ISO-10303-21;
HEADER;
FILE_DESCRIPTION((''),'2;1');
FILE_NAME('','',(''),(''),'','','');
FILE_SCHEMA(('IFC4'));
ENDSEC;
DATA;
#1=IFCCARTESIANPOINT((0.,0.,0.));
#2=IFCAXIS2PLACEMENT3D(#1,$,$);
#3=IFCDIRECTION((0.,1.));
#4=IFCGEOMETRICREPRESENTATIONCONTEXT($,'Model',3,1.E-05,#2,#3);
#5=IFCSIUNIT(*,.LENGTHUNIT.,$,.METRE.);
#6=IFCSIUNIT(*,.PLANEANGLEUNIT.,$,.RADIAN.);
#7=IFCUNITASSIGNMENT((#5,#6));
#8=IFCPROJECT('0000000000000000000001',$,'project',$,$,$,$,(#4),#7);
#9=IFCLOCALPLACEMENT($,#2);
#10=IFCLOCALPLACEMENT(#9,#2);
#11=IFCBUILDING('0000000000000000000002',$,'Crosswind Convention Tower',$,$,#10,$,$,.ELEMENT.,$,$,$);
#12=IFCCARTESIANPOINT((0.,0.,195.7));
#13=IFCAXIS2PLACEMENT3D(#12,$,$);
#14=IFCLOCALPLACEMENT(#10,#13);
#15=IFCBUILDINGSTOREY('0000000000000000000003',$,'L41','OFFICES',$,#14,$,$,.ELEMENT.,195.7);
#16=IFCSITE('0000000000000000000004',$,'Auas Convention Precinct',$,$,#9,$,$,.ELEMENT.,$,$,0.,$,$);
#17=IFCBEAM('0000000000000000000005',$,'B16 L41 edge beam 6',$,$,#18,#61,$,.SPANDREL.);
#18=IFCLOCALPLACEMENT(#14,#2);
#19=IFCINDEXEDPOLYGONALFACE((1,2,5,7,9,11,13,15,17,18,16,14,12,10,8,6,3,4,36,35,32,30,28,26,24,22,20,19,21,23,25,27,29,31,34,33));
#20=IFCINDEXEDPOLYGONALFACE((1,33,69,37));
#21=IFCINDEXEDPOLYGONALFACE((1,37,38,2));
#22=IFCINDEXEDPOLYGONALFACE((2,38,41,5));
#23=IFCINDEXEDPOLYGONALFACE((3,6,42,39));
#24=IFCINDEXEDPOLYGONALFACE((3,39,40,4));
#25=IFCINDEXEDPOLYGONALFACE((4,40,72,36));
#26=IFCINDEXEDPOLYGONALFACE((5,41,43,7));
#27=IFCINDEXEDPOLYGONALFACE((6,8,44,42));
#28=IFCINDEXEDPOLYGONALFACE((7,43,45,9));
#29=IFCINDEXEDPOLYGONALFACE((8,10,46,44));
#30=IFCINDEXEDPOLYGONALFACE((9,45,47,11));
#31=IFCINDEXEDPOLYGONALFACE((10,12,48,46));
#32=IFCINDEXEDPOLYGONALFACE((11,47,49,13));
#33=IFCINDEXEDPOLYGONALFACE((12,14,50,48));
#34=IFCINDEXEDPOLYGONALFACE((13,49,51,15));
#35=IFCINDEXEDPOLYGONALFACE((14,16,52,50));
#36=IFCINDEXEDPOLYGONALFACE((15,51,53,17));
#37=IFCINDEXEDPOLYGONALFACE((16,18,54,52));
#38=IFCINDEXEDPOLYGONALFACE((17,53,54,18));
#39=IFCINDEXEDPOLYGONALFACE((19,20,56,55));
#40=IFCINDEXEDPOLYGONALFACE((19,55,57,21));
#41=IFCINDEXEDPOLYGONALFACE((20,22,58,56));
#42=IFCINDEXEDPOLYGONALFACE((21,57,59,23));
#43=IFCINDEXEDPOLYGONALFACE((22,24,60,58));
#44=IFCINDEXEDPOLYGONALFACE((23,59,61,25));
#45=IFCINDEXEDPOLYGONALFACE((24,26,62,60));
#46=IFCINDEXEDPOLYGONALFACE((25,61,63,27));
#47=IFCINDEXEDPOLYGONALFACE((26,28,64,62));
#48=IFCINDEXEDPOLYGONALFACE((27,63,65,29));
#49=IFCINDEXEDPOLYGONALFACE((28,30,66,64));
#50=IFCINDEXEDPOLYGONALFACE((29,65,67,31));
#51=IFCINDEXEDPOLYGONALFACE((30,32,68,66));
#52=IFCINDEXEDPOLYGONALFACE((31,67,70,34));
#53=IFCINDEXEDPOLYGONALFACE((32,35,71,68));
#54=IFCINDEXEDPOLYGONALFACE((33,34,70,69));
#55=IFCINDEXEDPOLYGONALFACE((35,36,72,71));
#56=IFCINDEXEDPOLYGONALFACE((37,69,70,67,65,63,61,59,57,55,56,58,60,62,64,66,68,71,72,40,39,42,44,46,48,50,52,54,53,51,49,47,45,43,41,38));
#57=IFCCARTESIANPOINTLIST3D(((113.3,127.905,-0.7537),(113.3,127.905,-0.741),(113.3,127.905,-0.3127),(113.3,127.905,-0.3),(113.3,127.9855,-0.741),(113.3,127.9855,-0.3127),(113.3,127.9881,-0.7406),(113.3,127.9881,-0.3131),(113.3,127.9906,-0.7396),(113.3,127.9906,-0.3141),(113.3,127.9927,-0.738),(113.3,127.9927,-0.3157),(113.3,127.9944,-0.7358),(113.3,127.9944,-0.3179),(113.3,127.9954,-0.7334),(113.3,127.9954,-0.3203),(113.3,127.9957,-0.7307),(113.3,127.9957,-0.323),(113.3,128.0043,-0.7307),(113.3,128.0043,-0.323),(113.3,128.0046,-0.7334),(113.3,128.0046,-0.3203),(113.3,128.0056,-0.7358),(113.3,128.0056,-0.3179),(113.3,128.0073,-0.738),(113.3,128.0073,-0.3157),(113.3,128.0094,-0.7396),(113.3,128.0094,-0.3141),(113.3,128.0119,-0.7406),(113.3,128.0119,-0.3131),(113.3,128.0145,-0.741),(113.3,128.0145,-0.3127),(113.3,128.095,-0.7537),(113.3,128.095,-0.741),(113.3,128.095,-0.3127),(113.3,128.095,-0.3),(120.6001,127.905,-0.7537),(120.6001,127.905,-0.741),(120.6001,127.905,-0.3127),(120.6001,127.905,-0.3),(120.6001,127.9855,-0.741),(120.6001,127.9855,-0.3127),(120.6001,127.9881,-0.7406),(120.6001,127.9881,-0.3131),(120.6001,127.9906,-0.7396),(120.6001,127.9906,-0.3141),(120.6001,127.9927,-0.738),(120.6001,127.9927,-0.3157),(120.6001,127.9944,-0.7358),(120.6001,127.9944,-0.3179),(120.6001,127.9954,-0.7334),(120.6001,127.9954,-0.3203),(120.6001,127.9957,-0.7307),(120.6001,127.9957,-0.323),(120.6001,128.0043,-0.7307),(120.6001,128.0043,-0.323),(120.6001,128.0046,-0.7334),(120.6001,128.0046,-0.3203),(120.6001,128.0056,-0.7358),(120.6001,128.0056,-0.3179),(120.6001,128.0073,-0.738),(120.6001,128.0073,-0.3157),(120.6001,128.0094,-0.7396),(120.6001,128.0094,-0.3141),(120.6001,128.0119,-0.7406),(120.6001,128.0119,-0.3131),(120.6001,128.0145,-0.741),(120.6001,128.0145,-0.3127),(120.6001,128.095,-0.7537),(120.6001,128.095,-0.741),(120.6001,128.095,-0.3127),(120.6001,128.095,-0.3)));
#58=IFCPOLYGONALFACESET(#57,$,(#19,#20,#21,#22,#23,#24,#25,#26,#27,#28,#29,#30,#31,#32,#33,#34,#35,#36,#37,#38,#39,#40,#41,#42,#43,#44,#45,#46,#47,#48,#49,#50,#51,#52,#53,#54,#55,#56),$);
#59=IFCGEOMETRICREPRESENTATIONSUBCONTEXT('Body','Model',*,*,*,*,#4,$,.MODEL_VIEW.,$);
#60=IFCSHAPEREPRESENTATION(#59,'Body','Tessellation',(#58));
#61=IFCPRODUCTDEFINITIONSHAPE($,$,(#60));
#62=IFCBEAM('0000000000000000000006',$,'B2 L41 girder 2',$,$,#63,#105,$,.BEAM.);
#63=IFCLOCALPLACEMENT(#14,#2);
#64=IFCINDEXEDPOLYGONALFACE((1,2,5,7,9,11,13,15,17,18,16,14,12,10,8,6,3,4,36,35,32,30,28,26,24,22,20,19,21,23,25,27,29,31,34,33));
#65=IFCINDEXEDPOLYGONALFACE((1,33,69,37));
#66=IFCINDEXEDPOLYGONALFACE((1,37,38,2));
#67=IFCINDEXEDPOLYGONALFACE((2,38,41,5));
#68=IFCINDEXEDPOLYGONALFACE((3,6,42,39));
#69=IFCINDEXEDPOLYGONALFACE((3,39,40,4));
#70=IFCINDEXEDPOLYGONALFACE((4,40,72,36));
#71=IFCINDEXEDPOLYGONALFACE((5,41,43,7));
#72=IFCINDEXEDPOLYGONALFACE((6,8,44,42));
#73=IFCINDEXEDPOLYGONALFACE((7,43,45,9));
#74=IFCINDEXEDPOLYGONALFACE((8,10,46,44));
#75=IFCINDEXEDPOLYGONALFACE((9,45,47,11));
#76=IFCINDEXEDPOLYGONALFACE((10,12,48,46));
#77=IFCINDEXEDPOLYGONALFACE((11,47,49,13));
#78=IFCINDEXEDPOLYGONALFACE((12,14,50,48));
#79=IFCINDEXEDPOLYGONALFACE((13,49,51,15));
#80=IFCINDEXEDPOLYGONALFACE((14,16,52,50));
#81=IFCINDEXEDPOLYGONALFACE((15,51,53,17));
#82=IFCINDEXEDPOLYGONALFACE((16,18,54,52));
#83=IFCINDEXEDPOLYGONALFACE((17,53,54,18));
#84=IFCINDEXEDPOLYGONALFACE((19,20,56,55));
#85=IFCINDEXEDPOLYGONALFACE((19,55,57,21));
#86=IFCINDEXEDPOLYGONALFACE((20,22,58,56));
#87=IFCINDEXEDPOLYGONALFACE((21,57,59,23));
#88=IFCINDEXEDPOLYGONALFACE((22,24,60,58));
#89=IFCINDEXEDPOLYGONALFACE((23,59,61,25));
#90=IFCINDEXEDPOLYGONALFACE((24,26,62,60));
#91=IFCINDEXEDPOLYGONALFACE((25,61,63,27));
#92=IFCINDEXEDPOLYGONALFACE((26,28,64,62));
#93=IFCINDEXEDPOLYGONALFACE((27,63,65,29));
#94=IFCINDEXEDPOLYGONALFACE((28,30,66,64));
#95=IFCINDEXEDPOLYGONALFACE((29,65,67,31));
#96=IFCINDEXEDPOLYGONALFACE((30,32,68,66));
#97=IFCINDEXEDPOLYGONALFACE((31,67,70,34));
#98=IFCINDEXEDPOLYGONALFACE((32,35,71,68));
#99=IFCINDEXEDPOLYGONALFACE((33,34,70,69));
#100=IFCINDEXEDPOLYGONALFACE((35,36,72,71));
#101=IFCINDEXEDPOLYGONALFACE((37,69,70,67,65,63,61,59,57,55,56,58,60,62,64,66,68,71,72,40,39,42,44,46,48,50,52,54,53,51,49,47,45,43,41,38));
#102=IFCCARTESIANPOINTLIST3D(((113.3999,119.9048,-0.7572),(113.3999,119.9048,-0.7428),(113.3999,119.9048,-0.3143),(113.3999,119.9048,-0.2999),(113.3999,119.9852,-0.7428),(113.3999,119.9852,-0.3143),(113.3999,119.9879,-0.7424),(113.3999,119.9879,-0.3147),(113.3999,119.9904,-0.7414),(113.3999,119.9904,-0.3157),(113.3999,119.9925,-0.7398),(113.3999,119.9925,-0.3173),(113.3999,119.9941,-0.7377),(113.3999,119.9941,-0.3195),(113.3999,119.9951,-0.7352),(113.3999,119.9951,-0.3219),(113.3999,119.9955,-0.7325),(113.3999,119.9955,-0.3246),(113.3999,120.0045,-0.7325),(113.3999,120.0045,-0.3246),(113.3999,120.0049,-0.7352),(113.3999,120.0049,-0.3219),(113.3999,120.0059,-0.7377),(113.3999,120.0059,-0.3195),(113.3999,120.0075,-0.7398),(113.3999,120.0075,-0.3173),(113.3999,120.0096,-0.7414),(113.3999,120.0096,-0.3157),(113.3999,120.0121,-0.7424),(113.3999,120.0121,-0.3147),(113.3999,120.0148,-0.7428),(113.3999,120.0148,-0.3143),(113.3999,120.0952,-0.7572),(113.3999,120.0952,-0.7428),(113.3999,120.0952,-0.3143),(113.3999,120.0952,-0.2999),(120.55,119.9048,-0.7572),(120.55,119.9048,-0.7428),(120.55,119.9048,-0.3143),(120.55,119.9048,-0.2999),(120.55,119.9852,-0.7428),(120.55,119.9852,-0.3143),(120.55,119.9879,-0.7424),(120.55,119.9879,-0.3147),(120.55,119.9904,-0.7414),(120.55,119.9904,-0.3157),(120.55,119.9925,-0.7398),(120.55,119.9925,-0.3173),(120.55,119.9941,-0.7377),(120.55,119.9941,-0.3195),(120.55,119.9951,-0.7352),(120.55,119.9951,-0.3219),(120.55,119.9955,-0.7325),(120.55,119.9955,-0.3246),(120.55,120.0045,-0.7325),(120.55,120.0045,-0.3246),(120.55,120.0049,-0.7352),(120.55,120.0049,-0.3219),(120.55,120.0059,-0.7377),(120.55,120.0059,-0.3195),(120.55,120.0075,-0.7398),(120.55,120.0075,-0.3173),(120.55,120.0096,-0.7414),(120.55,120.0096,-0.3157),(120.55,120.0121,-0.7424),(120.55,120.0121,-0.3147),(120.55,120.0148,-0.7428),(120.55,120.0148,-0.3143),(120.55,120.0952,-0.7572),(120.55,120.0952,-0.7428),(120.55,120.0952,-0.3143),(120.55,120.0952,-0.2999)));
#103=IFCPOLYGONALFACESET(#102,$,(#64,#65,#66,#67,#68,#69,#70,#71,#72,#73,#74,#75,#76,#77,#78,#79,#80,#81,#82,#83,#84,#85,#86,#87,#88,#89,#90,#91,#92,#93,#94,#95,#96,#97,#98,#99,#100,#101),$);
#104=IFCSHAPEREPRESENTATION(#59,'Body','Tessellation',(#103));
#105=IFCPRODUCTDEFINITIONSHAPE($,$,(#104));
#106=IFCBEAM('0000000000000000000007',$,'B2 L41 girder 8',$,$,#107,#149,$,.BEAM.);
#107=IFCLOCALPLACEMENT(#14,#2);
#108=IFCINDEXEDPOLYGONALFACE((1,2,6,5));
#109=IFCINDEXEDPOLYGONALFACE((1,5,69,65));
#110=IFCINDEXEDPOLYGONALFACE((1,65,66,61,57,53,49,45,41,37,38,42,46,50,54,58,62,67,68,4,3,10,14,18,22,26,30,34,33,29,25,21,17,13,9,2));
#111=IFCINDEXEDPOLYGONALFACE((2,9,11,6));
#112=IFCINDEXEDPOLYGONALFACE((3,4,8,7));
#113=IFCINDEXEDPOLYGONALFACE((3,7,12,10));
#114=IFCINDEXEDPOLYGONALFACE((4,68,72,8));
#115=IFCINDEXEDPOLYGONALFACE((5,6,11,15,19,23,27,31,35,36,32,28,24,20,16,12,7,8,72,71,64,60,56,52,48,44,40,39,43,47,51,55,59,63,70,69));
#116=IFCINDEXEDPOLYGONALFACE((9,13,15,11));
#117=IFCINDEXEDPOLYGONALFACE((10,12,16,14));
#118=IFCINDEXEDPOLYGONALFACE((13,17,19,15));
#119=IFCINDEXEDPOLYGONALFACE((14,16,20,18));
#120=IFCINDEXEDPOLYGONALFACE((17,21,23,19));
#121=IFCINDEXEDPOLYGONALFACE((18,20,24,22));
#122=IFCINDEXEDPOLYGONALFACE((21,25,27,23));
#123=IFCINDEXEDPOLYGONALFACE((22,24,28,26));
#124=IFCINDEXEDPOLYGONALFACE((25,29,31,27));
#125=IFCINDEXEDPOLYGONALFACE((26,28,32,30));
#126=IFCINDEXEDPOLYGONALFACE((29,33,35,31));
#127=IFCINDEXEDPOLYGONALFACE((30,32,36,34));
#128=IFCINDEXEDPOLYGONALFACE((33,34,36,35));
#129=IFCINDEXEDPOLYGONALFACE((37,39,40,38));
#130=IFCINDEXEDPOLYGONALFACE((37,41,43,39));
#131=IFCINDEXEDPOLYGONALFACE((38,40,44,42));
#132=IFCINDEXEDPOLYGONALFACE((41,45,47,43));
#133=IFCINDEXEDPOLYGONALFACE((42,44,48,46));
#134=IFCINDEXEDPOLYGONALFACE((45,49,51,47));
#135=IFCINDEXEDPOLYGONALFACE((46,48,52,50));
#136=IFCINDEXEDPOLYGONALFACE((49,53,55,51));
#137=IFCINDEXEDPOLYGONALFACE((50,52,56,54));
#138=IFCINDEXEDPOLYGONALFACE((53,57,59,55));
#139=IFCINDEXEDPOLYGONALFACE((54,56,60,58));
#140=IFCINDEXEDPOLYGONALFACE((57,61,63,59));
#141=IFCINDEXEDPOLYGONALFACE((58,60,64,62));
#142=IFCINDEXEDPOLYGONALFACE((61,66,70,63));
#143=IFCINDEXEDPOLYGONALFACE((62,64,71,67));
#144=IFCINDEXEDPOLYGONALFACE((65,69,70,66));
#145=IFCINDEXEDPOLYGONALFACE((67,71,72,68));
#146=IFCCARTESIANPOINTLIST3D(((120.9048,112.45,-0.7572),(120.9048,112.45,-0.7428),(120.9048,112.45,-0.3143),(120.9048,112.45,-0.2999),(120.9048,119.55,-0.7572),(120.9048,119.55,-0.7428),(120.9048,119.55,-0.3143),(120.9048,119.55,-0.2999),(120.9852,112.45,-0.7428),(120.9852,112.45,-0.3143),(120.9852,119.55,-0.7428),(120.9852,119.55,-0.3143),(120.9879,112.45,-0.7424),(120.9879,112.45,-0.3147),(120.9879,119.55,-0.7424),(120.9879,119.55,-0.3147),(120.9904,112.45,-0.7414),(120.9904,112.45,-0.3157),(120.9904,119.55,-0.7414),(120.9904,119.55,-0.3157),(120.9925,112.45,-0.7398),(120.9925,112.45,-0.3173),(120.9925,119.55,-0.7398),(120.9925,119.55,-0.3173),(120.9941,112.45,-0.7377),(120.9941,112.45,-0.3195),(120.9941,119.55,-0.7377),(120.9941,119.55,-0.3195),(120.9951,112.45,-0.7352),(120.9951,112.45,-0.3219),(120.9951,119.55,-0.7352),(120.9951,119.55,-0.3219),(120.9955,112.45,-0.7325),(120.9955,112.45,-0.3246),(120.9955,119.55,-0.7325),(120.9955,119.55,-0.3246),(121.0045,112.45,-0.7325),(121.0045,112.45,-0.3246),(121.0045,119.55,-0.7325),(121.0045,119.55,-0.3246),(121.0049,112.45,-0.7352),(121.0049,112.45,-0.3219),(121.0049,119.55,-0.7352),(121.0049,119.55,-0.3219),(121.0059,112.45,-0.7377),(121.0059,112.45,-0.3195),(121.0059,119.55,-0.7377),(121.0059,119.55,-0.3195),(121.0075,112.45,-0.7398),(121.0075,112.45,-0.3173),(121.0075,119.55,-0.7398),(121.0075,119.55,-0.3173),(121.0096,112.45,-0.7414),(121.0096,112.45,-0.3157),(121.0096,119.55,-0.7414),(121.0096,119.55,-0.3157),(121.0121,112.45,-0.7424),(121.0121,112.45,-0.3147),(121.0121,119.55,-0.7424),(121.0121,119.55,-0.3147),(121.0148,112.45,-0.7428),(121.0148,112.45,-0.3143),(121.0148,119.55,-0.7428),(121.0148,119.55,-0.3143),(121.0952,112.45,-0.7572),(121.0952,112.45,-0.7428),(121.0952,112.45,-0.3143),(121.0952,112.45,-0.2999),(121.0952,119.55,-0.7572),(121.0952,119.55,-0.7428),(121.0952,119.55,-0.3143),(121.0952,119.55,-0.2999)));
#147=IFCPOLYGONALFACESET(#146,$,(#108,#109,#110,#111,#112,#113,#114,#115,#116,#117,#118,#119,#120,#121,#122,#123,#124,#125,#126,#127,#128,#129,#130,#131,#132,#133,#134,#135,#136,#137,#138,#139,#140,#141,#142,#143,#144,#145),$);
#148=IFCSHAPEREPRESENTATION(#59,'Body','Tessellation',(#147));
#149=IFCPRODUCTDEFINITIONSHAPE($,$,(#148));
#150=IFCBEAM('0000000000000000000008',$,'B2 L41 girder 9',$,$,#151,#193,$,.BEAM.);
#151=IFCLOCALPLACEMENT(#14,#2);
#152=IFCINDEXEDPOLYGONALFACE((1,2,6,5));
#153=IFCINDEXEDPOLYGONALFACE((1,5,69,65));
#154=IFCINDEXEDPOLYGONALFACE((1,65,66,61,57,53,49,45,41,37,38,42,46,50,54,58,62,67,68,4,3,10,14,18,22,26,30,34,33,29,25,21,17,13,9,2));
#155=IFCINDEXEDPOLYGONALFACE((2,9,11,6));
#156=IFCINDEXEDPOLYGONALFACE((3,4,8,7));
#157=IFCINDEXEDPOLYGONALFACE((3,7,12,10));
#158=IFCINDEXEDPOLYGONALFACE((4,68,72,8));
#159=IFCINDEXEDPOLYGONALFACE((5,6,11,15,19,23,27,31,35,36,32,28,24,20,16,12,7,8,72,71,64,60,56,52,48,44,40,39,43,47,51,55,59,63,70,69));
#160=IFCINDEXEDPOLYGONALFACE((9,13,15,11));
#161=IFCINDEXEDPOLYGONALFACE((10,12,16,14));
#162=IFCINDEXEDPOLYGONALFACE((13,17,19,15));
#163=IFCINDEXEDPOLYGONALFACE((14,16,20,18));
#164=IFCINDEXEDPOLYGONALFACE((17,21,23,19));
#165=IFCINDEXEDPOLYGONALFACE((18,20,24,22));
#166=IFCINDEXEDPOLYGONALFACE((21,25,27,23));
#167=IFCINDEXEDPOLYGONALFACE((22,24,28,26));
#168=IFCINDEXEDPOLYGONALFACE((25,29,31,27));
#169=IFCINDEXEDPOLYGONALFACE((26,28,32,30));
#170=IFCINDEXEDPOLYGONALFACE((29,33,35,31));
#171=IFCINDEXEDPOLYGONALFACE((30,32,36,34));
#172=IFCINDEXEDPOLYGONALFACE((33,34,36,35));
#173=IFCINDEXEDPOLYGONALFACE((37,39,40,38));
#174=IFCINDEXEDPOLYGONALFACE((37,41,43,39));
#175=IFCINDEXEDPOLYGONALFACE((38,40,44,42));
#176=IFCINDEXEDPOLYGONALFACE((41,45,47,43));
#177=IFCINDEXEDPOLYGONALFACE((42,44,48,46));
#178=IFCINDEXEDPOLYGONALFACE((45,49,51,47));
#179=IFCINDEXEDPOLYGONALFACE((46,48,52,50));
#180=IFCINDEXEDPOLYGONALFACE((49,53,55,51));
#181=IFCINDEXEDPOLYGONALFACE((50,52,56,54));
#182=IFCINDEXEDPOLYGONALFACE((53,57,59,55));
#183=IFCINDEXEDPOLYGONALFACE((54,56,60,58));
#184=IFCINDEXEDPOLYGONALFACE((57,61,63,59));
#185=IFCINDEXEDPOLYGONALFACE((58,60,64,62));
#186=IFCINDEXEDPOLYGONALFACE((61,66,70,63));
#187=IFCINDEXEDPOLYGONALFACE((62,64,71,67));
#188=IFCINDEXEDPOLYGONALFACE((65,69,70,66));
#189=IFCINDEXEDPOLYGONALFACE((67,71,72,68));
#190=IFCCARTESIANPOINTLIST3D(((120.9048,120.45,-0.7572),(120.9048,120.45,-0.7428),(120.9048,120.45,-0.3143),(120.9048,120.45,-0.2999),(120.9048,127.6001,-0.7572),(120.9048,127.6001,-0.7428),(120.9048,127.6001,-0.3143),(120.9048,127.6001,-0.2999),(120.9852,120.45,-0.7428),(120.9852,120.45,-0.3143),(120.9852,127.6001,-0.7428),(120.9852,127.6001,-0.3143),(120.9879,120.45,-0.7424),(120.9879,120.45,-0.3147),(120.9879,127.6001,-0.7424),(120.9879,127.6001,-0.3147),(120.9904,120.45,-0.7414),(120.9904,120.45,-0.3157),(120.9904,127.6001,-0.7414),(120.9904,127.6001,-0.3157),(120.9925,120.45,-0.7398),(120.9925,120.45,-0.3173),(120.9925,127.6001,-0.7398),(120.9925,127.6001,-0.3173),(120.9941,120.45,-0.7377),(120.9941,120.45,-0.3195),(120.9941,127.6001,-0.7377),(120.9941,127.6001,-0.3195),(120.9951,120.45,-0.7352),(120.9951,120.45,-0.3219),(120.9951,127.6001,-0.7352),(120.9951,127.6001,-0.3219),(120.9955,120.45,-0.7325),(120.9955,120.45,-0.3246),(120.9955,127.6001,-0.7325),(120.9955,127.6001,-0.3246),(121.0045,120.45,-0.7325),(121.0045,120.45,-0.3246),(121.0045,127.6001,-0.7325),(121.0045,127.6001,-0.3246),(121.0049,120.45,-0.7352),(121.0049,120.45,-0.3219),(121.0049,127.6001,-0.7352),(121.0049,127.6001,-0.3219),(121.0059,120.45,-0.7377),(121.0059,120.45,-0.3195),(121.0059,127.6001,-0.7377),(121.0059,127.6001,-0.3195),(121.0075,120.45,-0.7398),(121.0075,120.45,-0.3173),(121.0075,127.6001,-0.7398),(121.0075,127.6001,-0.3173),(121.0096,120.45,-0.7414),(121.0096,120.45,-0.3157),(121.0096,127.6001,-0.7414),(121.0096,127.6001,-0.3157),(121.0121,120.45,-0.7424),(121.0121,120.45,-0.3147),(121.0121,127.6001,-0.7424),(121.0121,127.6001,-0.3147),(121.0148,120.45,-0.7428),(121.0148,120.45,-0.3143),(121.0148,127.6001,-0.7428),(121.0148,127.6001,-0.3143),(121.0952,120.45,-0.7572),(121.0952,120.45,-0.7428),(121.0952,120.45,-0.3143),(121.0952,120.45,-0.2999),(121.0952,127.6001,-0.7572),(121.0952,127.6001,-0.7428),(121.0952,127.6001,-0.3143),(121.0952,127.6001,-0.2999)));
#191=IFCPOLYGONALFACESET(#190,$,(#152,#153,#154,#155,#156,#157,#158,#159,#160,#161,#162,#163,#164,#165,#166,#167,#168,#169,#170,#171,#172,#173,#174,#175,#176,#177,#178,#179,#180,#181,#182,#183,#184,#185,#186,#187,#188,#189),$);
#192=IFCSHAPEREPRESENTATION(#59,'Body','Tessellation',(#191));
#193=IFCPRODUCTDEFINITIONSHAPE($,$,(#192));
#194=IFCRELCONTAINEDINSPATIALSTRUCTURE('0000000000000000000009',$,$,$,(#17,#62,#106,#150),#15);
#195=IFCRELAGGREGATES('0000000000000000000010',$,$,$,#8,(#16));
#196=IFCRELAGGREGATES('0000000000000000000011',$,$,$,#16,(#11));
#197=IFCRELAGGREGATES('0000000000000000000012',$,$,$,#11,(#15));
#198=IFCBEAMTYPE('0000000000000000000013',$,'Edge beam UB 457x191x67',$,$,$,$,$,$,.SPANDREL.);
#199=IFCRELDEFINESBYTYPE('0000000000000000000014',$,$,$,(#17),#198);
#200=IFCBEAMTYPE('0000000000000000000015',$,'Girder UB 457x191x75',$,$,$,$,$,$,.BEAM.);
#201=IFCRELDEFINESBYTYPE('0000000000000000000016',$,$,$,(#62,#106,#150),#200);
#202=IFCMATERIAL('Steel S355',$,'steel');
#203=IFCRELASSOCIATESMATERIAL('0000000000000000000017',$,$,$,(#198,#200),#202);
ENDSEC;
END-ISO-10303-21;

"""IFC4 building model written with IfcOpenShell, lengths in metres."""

from ifc_helpers import new_model, si_unit, direction, frame, origin, origin_2d, place, context, subcontext, project, spatial, i_section, extrude, material, material_profile, profile_set, type_object, element, save


model = new_model("IFC4")

# Units and contexts
model_context = context("Model", 3, precision=1e-05, world=origin(), true_north=direction((0.0, 1.0)))
body_context = subcontext(model_context, "Body", "Model", "MODEL_VIEW")
ifc_project = project(units=[si_unit("LENGTHUNIT", "METRE"), si_unit("PLANEANGLEUNIT", "RADIAN")], contexts=[model_context])

# Site, building, storey
site_placement = place(None, origin())
site = spatial("IfcSite", under=ifc_project, at=site_placement, Name="Auas Convention Precinct", CompositionType="ELEMENT", RefElevation=0.0)
building_placement = place(site_placement, origin())
building = spatial("IfcBuilding", under=site, at=building_placement, Name="Crosswind Convention Tower", CompositionType="ELEMENT")
storey_placement = place(building_placement, frame((0.0, 0.0, 195.7)))
storey = spatial("IfcBuildingStorey", under=building, at=storey_placement, Name="L41", Description="OFFICES", CompositionType="ELEMENT", Elevation=195.7)

# Beams
ifc_material_1 = material(Name="Steel S355", Category="steel")
ifc_material_profile_1 = material_profile(ifc_material_1, i_section(OverallWidth=0.1899, OverallDepth=0.4536, WebThickness=0.0085, FlangeThickness=0.0127, FilletRadius=0.0103, at=origin_2d()), Name="UB 457x191x67")
ifc_profile_set_1 = profile_set([ifc_material_profile_1], Name="Steel S355")
beam_type_1 = type_object("IfcBeamType", Name="Edge beam UB 457x191x67", PredefinedType="SPANDREL", material=ifc_profile_set_1)
for number, where, z_axis, x_axis, name in (
    (1, (113.3, 128.0, -0.5269), (1.0, 0.0, 0.0), (0.0, 1.0, 0.0), "B16 L41 edge beam 6"),
):
    element("IfcBeam", number, at=place(storey_placement, frame(where, z_axis=z_axis, x_axis=x_axis)), inside=storey, type_object=beam_type_1, Name=name, PredefinedType="SPANDREL", context=body_context, shape_type="SweptSolid", body=[
        extrude(i_section(OverallWidth=0.1899, OverallDepth=0.4536, WebThickness=0.0085, FlangeThickness=0.0127, FilletRadius=0.0103, at=origin_2d()), origin(), (0.0, 0.0, 1.0), 7.3),
    ])
ifc_material_profile_2 = material_profile(ifc_material_1, i_section(OverallWidth=0.1904, OverallDepth=0.4573, WebThickness=0.009, FlangeThickness=0.0144, FilletRadius=0.0103, at=origin_2d()), Name="UB 457x191x75")
ifc_profile_set_2 = profile_set([ifc_material_profile_2], Name="Steel S355")
beam_type_2 = type_object("IfcBeamType", Name="Girder UB 457x191x75", PredefinedType="BEAM", material=ifc_profile_set_2)
beam_1_placement = place(storey_placement, frame((113.3999, 120.0, -0.5286), z_axis=(1.0, 0.0, 0.0), x_axis=(0.0, 1.0, 0.0)))
element("IfcBeam", 2, at=beam_1_placement, inside=storey, type_object=beam_type_2, Name="B2 L41 girder 2", PredefinedType="BEAM", context=body_context, shape_type="SweptSolid", body=[
    extrude(i_section(OverallWidth=0.1904, OverallDepth=0.4573, WebThickness=0.009, FlangeThickness=0.0144, FilletRadius=0.0103, at=origin_2d()), origin(), (0.0, 0.0, 1.0), 7.1501),
])
beam_2_placement = place(storey_placement, frame((121.0, 112.45, -0.5286), z_axis=(0.0, 1.0, 0.0), x_axis=(-1.0, 0.0, 0.0)))
element("IfcBeam", 3, at=beam_2_placement, inside=storey, type_object=beam_type_2, Name="B2 L41 girder 8", PredefinedType="BEAM", context=body_context, shape_type="SweptSolid", body=[
    extrude(i_section(OverallWidth=0.1904, OverallDepth=0.4573, WebThickness=0.009, FlangeThickness=0.0144, FilletRadius=0.0103, at=origin_2d()), origin(), (0.0, 0.0, 1.0), 7.1001),
])
beam_3_placement = place(storey_placement, frame((121.0, 120.45, -0.5286), z_axis=(0.0, 1.0, 0.0), x_axis=(-1.0, 0.0, 0.0)))
element("IfcBeam", 4, at=beam_3_placement, inside=storey, type_object=beam_type_2, Name="B2 L41 girder 9", PredefinedType="BEAM", context=body_context, shape_type="SweptSolid", body=[
    extrude(i_section(OverallWidth=0.1904, OverallDepth=0.4573, WebThickness=0.009, FlangeThickness=0.0144, FilletRadius=0.0103, at=origin_2d()), origin(), (0.0, 0.0, 1.0), 7.1501),
])

save(model, "model.ifc")
